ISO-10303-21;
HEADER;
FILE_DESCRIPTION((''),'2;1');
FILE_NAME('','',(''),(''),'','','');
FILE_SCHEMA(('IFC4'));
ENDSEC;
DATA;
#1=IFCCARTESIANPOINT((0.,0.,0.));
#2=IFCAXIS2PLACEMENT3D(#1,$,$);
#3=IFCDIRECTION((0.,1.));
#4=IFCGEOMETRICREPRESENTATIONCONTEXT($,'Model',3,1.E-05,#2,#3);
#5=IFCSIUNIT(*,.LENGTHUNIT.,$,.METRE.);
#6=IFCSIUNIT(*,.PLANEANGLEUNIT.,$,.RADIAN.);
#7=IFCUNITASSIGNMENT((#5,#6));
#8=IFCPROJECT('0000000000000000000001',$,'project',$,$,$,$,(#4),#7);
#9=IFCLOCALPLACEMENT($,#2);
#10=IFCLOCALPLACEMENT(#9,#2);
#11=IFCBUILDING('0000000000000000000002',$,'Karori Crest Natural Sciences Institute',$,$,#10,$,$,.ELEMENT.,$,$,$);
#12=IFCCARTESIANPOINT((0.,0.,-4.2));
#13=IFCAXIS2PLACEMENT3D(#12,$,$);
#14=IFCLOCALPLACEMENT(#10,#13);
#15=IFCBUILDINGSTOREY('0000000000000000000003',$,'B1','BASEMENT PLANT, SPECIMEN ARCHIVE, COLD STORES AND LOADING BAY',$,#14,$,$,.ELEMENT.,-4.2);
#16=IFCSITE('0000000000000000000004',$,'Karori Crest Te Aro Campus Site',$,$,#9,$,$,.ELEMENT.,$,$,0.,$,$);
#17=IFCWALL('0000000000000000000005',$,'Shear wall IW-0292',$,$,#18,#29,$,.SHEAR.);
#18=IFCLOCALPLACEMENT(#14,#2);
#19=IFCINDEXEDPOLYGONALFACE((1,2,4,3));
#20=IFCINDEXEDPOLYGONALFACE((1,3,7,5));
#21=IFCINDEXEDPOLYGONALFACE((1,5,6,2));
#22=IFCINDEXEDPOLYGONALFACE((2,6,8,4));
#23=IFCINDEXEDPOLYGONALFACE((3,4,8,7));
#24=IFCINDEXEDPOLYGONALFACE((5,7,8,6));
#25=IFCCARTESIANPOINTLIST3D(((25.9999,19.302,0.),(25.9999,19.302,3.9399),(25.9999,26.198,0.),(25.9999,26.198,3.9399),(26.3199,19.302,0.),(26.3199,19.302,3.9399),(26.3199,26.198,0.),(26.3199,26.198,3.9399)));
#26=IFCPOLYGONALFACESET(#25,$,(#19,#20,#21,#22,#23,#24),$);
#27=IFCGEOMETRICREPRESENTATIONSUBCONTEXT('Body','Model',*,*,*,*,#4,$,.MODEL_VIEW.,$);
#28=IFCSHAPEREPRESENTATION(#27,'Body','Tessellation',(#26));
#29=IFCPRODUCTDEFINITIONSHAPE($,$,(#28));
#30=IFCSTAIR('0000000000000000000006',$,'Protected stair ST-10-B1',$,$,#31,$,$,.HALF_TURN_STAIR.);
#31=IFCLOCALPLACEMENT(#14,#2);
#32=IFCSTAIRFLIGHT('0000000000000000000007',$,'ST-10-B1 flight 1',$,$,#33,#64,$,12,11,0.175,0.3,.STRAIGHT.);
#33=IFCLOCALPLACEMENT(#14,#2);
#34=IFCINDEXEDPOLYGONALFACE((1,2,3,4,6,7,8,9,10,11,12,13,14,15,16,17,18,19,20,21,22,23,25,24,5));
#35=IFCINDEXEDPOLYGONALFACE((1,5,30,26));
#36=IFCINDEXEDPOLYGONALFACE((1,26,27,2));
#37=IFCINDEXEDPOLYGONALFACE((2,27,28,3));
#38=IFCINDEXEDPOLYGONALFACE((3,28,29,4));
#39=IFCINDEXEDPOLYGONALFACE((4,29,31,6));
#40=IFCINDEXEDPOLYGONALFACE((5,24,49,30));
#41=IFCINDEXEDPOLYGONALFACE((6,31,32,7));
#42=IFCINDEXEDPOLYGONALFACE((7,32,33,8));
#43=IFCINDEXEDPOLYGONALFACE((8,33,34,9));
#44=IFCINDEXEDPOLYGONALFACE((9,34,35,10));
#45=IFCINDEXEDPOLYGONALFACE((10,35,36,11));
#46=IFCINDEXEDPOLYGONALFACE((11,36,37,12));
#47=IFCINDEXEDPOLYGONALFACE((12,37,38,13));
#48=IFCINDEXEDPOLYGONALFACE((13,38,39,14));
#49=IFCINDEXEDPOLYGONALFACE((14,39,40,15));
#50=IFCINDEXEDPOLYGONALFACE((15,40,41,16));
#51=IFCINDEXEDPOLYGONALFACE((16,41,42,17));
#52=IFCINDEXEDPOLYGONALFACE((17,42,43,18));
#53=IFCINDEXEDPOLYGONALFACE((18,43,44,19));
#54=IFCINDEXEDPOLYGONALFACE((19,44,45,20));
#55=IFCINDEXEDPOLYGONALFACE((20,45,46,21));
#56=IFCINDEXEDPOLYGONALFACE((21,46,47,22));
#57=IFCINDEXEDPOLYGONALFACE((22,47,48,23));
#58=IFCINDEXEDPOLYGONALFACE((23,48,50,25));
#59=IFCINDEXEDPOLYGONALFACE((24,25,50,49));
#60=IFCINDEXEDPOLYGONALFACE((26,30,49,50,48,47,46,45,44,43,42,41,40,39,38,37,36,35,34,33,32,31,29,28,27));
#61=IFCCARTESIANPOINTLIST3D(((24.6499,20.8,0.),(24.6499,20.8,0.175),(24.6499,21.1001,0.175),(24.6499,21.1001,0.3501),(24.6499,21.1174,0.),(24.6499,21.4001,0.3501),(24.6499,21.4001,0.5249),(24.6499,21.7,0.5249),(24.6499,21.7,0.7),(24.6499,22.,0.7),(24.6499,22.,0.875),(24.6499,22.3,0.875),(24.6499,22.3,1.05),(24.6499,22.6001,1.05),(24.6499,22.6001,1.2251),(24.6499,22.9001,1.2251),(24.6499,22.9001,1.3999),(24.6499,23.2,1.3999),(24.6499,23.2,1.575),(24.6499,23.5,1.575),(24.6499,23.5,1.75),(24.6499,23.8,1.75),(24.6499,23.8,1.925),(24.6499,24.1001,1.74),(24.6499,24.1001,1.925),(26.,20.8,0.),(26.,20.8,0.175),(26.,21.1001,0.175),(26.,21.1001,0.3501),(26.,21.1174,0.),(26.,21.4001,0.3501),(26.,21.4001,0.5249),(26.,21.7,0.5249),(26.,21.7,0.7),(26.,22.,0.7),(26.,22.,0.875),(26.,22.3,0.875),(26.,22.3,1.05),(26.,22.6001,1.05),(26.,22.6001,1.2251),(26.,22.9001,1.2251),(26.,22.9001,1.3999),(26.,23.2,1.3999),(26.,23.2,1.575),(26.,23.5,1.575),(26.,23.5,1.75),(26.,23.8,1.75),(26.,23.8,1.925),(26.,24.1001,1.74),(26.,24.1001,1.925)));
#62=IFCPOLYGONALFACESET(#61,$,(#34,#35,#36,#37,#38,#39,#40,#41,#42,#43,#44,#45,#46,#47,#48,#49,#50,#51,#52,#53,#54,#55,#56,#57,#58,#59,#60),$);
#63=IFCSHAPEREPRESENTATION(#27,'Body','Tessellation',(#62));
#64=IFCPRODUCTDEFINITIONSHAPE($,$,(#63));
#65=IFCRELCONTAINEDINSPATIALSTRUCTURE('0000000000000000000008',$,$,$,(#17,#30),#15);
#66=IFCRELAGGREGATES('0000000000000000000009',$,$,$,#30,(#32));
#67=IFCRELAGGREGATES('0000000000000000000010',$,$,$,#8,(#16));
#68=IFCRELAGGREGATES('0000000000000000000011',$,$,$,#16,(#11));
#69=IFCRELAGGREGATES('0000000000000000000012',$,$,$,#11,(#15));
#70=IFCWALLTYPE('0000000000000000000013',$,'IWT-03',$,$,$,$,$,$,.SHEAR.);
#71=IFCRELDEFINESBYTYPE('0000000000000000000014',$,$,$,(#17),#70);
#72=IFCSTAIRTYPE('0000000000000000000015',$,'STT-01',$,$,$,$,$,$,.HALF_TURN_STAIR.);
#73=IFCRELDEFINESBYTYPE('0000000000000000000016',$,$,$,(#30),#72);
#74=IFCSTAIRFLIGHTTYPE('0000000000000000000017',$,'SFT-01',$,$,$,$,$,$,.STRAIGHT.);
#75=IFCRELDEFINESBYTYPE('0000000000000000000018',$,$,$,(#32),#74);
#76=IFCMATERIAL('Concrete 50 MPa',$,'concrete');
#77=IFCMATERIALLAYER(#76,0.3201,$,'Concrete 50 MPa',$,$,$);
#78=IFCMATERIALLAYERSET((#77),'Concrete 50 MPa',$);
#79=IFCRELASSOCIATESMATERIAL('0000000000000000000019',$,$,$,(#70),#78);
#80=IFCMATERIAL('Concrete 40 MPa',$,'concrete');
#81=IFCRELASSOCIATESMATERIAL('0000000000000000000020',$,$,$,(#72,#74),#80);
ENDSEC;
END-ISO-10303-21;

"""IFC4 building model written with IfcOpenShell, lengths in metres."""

from ifc_helpers import new_model, si_unit, direction, frame, frame_2d, origin, place, context, subcontext, project, spatial, polyline, rectangle, outline, extrude, material, layer, layer_set, type_object, element, aggregate, save


model = new_model("IFC4")

# Units and contexts
model_context = context("Model", 3, precision=1e-05, world=origin(), true_north=direction((0.0, 1.0)))
body_context = subcontext(model_context, "Body", "Model", "MODEL_VIEW")
ifc_project = project(units=[si_unit("LENGTHUNIT", "METRE"), si_unit("PLANEANGLEUNIT", "RADIAN")], contexts=[model_context])

# Site, building, storey
site_placement = place(None, origin())
site = spatial("IfcSite", under=ifc_project, at=site_placement, Name="Karori Crest Te Aro Campus Site", CompositionType="ELEMENT", RefElevation=0.0)
building_placement = place(site_placement, origin())
building = spatial("IfcBuilding", under=site, at=building_placement, Name="Karori Crest Natural Sciences Institute", CompositionType="ELEMENT")
storey_placement = place(building_placement, frame((0.0, 0.0, -4.2)))
storey = spatial("IfcBuildingStorey", under=building, at=storey_placement, Name="B1", Description="BASEMENT PLANT, SPECIMEN ARCHIVE, COLD STORES AND LOADING BAY", CompositionType="ELEMENT", Elevation=-4.2)

# Shared definitions
ifc_material_1 = material(Name="Concrete 40 MPa", Category="concrete")

# Wall
ifc_material_2 = material(Name="Concrete 50 MPa", Category="concrete")
ifc_layer_1 = layer(ifc_material_2, 0.3201, Name="Concrete 50 MPa")
ifc_layer_set_1 = layer_set([ifc_layer_1], Name="Concrete 50 MPa")
wall_type = type_object("IfcWallType", Name="IWT-03", PredefinedType="SHEAR", material=ifc_layer_set_1)
wall_placement = place(storey_placement, frame((26.1599, 19.302, 0.0), z_axis=(0.0, 0.0, 1.0), x_axis=(0.0, 1.0, 0.0)))
element("IfcWall", 1, at=wall_placement, inside=storey, type_object=wall_type, Name="Shear wall IW-0292", PredefinedType="SHEAR", context=body_context, shape_type="SweptSolid", body=[
    extrude(rectangle(XDim=6.896, YDim=0.3201, at=frame_2d((3.448, 0.0))), origin(), (0.0, 0.0, 1.0), 3.9399),
])

# Stair, stair flight
stair_type = type_object("IfcStairType", Name="STT-01", PredefinedType="HALF_TURN_STAIR", material=ifc_material_1)
stair_placement = place(storey_placement, origin())
stair = element("IfcStair", 2, at=stair_placement, inside=storey, type_object=stair_type, Name="Protected stair ST-10-B1", PredefinedType="HALF_TURN_STAIR")
stair_flight_type = type_object("IfcStairFlightType", Name="SFT-01", PredefinedType="STRAIGHT", material=ifc_material_1)
stair_flight_placement = place(storey_placement, frame((25.325, 20.8, 0.0), z_axis=(0.0, 0.0, 1.0), x_axis=(0.0, 1.0, 0.0)))
stair_flight = element("IfcStairFlight", 3, at=stair_flight_placement, type_object=stair_flight_type, Name="ST-10-B1 flight 1", NumberOfRisers=12, NumberOfTreads=11, PredefinedType="STRAIGHT", RiserHeight=0.175, TreadLength=0.3, context=body_context, shape_type="SweptSolid", body=[
    extrude(outline(polyline([(0.0, 0.0), (0.0, 0.175), (0.3, 0.175), (0.3, 0.3501), (0.6001, 0.3501), (0.6001, 0.5249), (0.8999, 0.5249), (0.8999, 0.7), (1.2, 0.7), (1.2, 0.875), (1.5, 0.875), (1.5, 1.05), (1.8, 1.05), (1.8, 1.2251), (2.1001, 1.2251), (2.1001, 1.3999), (2.3999, 1.3999), (2.3999, 1.575), (2.7, 1.575), (2.7, 1.75), (3.0, 1.75), (3.0, 1.925), (3.3, 1.925), (3.3, 2.1001), (3.3, 1.74), (0.3174, 0.0), (0.0, 0.0)])), frame((0.0, 0.675, 0.0), z_axis=(0.0, -1.0, 0.0), x_axis=(1.0, 0.0, 0.0)), (0.0, 0.0, 1.0), 1.3501),
])
aggregate(stair, [stair_flight])

save(model, "model.ifc")
